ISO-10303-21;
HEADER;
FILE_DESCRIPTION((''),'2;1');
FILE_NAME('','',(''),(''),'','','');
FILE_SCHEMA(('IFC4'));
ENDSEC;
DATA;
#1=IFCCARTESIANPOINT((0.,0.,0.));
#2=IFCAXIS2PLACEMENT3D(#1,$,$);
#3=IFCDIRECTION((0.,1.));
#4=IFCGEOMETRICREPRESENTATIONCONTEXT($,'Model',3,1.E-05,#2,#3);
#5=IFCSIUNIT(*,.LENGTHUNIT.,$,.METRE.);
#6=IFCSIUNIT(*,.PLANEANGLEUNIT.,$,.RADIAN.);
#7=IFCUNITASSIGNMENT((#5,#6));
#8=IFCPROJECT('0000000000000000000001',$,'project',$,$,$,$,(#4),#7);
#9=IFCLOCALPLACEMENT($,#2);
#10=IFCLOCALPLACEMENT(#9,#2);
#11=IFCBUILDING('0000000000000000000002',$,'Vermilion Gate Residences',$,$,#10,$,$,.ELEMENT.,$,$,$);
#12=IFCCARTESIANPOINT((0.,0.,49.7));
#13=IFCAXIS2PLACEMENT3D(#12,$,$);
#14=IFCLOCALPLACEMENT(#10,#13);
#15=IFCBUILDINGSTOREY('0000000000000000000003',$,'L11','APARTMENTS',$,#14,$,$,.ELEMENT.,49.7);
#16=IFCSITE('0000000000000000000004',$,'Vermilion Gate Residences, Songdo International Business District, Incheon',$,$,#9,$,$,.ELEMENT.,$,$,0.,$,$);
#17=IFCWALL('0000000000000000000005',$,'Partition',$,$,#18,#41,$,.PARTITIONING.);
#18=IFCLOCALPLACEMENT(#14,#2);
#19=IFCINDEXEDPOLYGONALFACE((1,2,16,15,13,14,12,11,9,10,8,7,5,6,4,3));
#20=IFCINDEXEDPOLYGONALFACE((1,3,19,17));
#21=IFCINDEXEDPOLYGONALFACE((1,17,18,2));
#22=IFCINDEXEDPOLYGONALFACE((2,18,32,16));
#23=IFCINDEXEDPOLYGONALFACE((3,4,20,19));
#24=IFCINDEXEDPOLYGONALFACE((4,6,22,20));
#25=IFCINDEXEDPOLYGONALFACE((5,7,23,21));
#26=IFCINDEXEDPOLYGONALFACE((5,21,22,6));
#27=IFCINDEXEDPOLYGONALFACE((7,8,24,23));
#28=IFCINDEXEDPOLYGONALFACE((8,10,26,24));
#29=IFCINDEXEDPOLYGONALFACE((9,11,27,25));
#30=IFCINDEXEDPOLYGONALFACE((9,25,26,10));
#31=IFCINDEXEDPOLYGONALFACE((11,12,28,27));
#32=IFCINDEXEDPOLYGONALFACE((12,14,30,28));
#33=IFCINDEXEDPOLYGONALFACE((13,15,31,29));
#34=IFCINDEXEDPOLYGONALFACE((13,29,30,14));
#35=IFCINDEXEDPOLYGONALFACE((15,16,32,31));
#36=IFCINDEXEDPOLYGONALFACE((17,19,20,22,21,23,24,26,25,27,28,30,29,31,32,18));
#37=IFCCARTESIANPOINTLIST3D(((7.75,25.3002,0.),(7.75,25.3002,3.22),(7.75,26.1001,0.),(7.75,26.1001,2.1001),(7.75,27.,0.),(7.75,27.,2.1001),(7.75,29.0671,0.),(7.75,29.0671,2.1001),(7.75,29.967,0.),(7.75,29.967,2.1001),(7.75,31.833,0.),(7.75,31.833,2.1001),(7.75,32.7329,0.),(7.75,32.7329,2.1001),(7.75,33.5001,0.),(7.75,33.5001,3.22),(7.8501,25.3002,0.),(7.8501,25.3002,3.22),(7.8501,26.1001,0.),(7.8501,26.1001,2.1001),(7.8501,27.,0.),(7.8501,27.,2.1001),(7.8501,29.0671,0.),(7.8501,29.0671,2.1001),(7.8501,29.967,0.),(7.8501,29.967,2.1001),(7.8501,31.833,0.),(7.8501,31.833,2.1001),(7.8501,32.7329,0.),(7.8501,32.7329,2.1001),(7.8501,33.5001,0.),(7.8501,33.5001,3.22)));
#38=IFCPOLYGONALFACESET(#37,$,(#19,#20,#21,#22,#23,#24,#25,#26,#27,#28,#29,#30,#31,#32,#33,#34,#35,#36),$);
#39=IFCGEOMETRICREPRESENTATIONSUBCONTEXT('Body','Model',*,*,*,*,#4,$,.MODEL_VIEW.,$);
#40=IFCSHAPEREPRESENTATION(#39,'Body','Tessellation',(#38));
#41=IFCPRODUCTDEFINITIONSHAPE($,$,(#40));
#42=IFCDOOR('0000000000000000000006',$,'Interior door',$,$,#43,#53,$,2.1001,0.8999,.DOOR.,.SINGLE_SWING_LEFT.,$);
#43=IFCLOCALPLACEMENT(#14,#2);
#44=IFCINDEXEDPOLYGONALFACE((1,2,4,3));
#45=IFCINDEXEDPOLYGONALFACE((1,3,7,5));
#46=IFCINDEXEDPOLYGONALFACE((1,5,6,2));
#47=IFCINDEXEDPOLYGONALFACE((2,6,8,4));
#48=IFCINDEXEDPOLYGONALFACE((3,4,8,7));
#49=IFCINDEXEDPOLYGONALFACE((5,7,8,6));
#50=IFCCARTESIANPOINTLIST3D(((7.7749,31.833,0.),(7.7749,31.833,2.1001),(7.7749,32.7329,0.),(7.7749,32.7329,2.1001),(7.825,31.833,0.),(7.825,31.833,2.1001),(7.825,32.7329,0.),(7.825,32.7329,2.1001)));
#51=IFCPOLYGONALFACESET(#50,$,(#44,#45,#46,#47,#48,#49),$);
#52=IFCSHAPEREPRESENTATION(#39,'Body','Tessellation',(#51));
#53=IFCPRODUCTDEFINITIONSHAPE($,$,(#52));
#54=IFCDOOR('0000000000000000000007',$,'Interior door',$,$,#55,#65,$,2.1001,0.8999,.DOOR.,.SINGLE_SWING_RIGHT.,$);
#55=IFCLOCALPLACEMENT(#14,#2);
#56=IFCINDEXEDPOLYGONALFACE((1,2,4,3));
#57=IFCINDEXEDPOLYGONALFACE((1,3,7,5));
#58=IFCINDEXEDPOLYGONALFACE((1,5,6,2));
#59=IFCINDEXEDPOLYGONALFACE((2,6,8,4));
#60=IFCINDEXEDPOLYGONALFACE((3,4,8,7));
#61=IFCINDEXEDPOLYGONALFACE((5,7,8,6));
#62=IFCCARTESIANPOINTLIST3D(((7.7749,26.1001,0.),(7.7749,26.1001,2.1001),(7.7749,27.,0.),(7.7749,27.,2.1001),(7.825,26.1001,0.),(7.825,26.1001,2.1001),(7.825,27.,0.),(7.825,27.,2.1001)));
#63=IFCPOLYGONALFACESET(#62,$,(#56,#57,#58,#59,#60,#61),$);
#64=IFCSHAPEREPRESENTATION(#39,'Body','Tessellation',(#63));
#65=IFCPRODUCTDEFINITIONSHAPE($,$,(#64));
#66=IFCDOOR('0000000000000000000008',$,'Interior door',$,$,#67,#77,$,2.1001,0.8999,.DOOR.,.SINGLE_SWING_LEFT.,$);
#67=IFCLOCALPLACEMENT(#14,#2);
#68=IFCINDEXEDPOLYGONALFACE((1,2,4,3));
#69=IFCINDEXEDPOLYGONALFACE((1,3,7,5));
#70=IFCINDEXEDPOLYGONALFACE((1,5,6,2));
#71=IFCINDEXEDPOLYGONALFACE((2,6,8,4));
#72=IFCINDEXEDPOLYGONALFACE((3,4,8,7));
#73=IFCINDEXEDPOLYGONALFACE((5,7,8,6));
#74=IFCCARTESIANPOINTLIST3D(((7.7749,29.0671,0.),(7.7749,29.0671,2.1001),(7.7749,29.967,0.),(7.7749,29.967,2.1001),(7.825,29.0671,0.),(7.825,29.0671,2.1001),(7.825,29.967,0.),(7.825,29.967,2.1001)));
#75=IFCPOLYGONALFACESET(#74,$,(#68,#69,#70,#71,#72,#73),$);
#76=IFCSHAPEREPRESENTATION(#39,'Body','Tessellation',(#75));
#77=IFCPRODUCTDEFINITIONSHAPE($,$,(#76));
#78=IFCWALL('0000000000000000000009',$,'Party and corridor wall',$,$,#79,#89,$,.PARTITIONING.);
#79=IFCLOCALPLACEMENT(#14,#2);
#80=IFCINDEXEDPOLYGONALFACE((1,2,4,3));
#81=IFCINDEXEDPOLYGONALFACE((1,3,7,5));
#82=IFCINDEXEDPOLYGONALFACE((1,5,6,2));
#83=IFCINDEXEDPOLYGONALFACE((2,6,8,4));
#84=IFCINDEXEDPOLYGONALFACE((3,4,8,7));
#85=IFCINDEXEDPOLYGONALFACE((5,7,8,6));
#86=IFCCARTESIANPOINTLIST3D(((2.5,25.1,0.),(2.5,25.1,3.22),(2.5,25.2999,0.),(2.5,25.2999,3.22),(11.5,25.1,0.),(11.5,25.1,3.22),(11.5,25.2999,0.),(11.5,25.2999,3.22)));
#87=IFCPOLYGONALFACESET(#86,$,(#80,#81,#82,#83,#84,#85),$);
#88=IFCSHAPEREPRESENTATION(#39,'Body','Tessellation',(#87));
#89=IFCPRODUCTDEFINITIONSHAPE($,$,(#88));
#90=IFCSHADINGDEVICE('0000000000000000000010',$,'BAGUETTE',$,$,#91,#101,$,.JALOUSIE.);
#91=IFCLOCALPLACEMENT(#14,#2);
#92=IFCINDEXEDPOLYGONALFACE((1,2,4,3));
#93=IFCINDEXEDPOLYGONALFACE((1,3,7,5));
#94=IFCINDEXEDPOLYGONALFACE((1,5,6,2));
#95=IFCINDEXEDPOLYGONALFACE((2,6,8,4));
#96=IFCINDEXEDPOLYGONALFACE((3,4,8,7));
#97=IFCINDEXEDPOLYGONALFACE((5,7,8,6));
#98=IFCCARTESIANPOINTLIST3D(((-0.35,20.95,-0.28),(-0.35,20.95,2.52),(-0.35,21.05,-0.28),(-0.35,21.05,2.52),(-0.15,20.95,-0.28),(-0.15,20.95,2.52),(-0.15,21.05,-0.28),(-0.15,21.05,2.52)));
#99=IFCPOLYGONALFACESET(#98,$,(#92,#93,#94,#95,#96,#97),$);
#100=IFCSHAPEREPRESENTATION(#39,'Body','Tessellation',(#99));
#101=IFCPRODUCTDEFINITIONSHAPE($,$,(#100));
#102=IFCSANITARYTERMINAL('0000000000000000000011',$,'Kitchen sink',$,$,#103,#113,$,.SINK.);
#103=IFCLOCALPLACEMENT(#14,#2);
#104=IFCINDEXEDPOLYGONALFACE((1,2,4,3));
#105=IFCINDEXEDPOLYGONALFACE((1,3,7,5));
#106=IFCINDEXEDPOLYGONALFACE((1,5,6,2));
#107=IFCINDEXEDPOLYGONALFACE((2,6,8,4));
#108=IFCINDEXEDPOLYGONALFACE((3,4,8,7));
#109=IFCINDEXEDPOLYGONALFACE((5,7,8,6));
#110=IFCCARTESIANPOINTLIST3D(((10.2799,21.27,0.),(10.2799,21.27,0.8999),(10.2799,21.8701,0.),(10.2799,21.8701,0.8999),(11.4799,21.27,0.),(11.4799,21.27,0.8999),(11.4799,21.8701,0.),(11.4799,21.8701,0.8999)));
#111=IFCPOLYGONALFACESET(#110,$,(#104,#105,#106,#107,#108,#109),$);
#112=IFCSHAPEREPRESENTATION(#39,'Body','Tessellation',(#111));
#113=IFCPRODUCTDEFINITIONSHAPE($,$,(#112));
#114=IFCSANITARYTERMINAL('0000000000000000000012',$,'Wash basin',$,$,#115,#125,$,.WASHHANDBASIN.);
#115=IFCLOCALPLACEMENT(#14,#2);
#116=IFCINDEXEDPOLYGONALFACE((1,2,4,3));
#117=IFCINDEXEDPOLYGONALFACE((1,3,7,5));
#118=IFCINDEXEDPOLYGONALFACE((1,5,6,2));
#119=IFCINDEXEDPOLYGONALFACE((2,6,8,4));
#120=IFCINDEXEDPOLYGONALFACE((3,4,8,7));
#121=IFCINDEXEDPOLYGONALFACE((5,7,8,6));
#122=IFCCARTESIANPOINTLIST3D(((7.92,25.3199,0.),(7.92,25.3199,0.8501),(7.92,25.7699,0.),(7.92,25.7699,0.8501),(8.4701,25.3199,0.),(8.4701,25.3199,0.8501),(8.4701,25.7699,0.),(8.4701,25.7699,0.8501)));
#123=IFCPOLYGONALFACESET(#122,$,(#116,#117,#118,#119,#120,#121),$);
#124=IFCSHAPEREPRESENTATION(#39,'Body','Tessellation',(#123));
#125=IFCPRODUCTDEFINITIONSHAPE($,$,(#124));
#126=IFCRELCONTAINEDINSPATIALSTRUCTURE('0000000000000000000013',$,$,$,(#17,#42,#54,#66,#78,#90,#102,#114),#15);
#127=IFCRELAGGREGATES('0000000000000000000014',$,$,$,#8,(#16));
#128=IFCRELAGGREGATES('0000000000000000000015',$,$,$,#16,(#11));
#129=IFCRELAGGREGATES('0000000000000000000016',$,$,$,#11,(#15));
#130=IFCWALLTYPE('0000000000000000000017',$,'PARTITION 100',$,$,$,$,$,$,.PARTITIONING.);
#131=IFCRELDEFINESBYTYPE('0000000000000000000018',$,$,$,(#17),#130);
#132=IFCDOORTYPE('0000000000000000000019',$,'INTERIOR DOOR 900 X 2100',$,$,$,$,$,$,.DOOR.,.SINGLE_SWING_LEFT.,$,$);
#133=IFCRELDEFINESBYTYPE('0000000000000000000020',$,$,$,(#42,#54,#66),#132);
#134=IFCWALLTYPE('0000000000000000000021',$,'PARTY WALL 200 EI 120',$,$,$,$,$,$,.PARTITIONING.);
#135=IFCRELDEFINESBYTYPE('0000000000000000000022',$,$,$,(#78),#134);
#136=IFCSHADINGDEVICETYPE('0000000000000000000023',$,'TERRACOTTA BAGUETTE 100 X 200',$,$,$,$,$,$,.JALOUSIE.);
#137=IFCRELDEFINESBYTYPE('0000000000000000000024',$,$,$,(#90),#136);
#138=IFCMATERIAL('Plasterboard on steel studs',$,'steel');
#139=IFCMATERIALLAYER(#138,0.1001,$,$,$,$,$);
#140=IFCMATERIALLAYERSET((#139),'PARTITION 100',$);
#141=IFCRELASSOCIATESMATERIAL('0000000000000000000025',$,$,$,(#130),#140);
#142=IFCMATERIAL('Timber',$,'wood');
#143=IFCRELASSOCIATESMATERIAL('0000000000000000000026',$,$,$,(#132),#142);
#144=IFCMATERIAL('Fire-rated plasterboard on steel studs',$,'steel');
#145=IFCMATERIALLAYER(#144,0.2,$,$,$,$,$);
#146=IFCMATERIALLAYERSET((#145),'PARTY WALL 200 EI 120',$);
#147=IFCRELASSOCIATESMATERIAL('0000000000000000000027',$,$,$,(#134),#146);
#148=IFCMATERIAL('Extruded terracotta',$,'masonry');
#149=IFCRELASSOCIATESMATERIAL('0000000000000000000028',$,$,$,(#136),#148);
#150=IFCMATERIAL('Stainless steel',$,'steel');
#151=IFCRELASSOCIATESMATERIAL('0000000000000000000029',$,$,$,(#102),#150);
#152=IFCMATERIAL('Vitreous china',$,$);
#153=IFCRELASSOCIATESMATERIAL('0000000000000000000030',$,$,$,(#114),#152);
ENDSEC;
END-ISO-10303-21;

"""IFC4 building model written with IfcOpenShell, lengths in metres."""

from ifc_helpers import new_model, si_unit, direction, frame, frame_2d, origin, origin_2d, place, context, subcontext, project, spatial, rectangle, extrude, material, layer, layer_set, material_profile, profile_set, type_object, element, fill, save


model = new_model("IFC4")

# Units and contexts
model_context = context("Model", 3, precision=1e-05, world=origin(), true_north=direction((0.0, 1.0)))
body_context = subcontext(model_context, "Body", "Model", "MODEL_VIEW")
ifc_project = project(units=[si_unit("LENGTHUNIT", "METRE"), si_unit("PLANEANGLEUNIT", "RADIAN")], contexts=[model_context])

# Site, building, storey
site_placement = place(None, origin())
site = spatial("IfcSite", under=ifc_project, at=site_placement, Name="Vermilion Gate Residences, Songdo International Business District, Incheon", CompositionType="ELEMENT", RefElevation=0.0)
building_placement = place(site_placement, origin())
building = spatial("IfcBuilding", under=site, at=building_placement, Name="Vermilion Gate Residences", CompositionType="ELEMENT")
storey_placement = place(building_placement, frame((0.0, 0.0, 49.7)))
storey = spatial("IfcBuildingStorey", under=building, at=storey_placement, Name="L11", Description="APARTMENTS", CompositionType="ELEMENT", Elevation=49.7)

# Shared definitions
ifc_material_1 = material(Name="Plasterboard on steel studs", Category="steel")
ifc_layer_1 = layer(ifc_material_1, 0.1001)
ifc_layer_set_1 = layer_set([ifc_layer_1], Name="PARTITION 100")
wall_type_1 = type_object("IfcWallType", Name="PARTITION 100", PredefinedType="PARTITIONING", material=ifc_layer_set_1)

# Wall, openings, doors
ifc_material_2 = material(Name="Timber", Category="wood")
door_type = type_object("IfcDoorType", Name="INTERIOR DOOR 900 X 2100", OperationType="SINGLE_SWING_LEFT", PredefinedType="DOOR", material=ifc_material_2)
wall_1_placement = place(storey_placement, frame((7.8, 25.3, 0.0), z_axis=(0.0, 0.0, 1.0), x_axis=(0.0, 1.0, 0.0)))
wall_1 = element("IfcWall", 1, at=wall_1_placement, inside=storey, type_object=wall_type_1, Name="Partition", PredefinedType="PARTITIONING", context=body_context, shape_type="SweptSolid", body=[
    extrude(rectangle(XDim=8.2, YDim=0.1001, at=frame_2d((4.1001, 0.0))), origin(), (0.0, 0.0, 1.0), 3.22),
])
opening_1_placement = place(wall_1_placement, frame((6.533, 0.0, 0.0)))
opening_1 = element("IfcOpeningElement", 2, at=opening_1_placement, cuts=wall_1, PredefinedType="OPENING", context=body_context, shape_type="SweptSolid", body=[
    extrude(rectangle(XDim=0.8999, YDim=2.1001, at=frame_2d((0.45, 1.05))), frame((0.0, 0.0601, 0.0), z_axis=(0.0, -1.0, 0.0), x_axis=(1.0, 0.0, 0.0)), (0.0, 0.0, 1.0), 0.1201),
])
opening_2_placement = place(wall_1_placement, frame((0.8, 0.0, 0.0)))
opening_2 = element("IfcOpeningElement", 3, at=opening_2_placement, cuts=wall_1, PredefinedType="OPENING", context=body_context, shape_type="SweptSolid", body=[
    extrude(rectangle(XDim=0.8999, YDim=2.1001, at=frame_2d((0.45, 1.05))), frame((0.0, 0.0601, 0.0), z_axis=(0.0, -1.0, 0.0), x_axis=(1.0, 0.0, 0.0)), (0.0, 0.0, 1.0), 0.1201),
])
opening_3_placement = place(wall_1_placement, frame((3.7671, 0.0, 0.0)))
opening_3 = element("IfcOpeningElement", 4, at=opening_3_placement, cuts=wall_1, PredefinedType="OPENING", context=body_context, shape_type="SweptSolid", body=[
    extrude(rectangle(XDim=0.8999, YDim=2.1001, at=frame_2d((0.45, 1.05))), frame((0.0, 0.0601, 0.0), z_axis=(0.0, -1.0, 0.0), x_axis=(1.0, 0.0, 0.0)), (0.0, 0.0, 1.0), 0.1201),
])
door_1_placement = place(opening_1_placement, frame((0.8999, 0.0, 0.0), z_axis=(0.0, 0.0, 1.0), x_axis=(-1.0, 0.0, 0.0)))
door_1 = element("IfcDoor", 5, at=door_1_placement, inside=storey, type_object=door_type, Name="Interior door", OperationType="SINGLE_SWING_LEFT", OverallHeight=2.1001, OverallWidth=0.8999, PredefinedType="DOOR", context=body_context, shape_type="SweptSolid", body=[
    extrude(rectangle(XDim=0.8999, YDim=2.1001, at=frame_2d((0.45, 1.05))), frame((0.0, 0.0249, 0.0), z_axis=(0.0, -1.0, 0.0), x_axis=(1.0, 0.0, 0.0)), (0.0, 0.0, 1.0), 0.05),
])
fill(opening_1, door_1)
door_2_placement = place(opening_2_placement, frame((0.8999, 0.0, 0.0), z_axis=(0.0, 0.0, 1.0), x_axis=(-1.0, 0.0, 0.0)))
door_2 = element("IfcDoor", 6, at=door_2_placement, inside=storey, type_object=door_type, Name="Interior door", OperationType="SINGLE_SWING_RIGHT", OverallHeight=2.1001, OverallWidth=0.8999, PredefinedType="DOOR", context=body_context, shape_type="SweptSolid", body=[
    extrude(rectangle(XDim=0.8999, YDim=2.1001, at=frame_2d((0.45, 1.05))), frame((0.0, 0.0249, 0.0), z_axis=(0.0, -1.0, 0.0), x_axis=(1.0, 0.0, 0.0)), (0.0, 0.0, 1.0), 0.05),
])
fill(opening_2, door_2)
door_3_placement = place(opening_3_placement, frame((0.8999, 0.0, 0.0), z_axis=(0.0, 0.0, 1.0), x_axis=(-1.0, 0.0, 0.0)))
door_3 = element("IfcDoor", 7, at=door_3_placement, inside=storey, type_object=door_type, Name="Interior door", OperationType="SINGLE_SWING_LEFT", OverallHeight=2.1001, OverallWidth=0.8999, PredefinedType="DOOR", context=body_context, shape_type="SweptSolid", body=[
    extrude(rectangle(XDim=0.8999, YDim=2.1001, at=frame_2d((0.45, 1.05))), frame((0.0, 0.0249, 0.0), z_axis=(0.0, -1.0, 0.0), x_axis=(1.0, 0.0, 0.0)), (0.0, 0.0, 1.0), 0.05),
])
fill(opening_3, door_3)

# Wall
ifc_material_3 = material(Name="Fire-rated plasterboard on steel studs", Category="steel")
ifc_layer_2 = layer(ifc_material_3, 0.2)
ifc_layer_set_2 = layer_set([ifc_layer_2], Name="PARTY WALL 200 EI 120")
wall_type_2 = type_object("IfcWallType", Name="PARTY WALL 200 EI 120", PredefinedType="PARTITIONING", material=ifc_layer_set_2)
wall_2_placement = place(storey_placement, frame((2.5, 25.2, 0.0), z_axis=(0.0, 0.0, 1.0), x_axis=(1.0, 0.0, 0.0)))
element("IfcWall", 8, at=wall_2_placement, inside=storey, type_object=wall_type_2, Name="Party and corridor wall", PredefinedType="PARTITIONING", context=body_context, shape_type="SweptSolid", body=[
    extrude(rectangle(XDim=9.0, YDim=0.2, at=frame_2d((4.5, 0.0))), origin(), (0.0, 0.0, 1.0), 3.22),
])

# Shading device
ifc_material_4 = material(Name="Extruded terracotta", Category="masonry")
ifc_material_profile_1 = material_profile(ifc_material_4, rectangle(XDim=0.2, YDim=0.1001, at=origin_2d()), Name="BAGUETTE 100 X 200")
ifc_profile_set_1 = profile_set([ifc_material_profile_1], Name="Extruded terracotta")
shading_device_type = type_object("IfcShadingDeviceType", Name="TERRACOTTA BAGUETTE 100 X 200", PredefinedType="JALOUSIE", material=ifc_profile_set_1)
shading_device_placement = place(storey_placement, frame((-0.25, 21.0, -0.28), z_axis=(0.0, 0.0, 1.0), x_axis=(1.0, 0.0, 0.0)))
element("IfcShadingDevice", 9, at=shading_device_placement, inside=storey, type_object=shading_device_type, Name="BAGUETTE", PredefinedType="JALOUSIE", context=body_context, shape_type="SweptSolid", body=[
    extrude(rectangle(XDim=0.2, YDim=0.1001, at=origin_2d()), origin(), (0.0, 0.0, 1.0), 2.8),
])

# Sanitary terminals
ifc_material_5 = material(Name="Stainless steel", Category="steel")
sanitary_terminal_1_placement = place(storey_placement, frame((10.8799, 21.5701, 0.0), z_axis=(0.0, 0.0, 1.0), x_axis=(1.0, 0.0, 0.0)))
element("IfcSanitaryTerminal", 10, at=sanitary_terminal_1_placement, inside=storey, material=ifc_material_5, Name="Kitchen sink", PredefinedType="SINK", context=body_context, shape_type="SweptSolid", body=[
    extrude(rectangle(XDim=1.2, YDim=0.6001, at=origin_2d()), origin(), (0.0, 0.0, 1.0), 0.8999),
])
ifc_material_6 = material(Name="Vitreous china")
sanitary_terminal_2_placement = place(storey_placement, frame((8.1951, 25.5449, 0.0), z_axis=(0.0, 0.0, 1.0), x_axis=(1.0, 0.0, 0.0)))
element("IfcSanitaryTerminal", 11, at=sanitary_terminal_2_placement, inside=storey, material=ifc_material_6, Name="Wash basin", PredefinedType="WASHHANDBASIN", context=body_context, shape_type="SweptSolid", body=[
    extrude(rectangle(XDim=0.55, YDim=0.45, at=origin_2d()), origin(), (0.0, 0.0, 1.0), 0.8501),
])

save(model, "model.ifc")
